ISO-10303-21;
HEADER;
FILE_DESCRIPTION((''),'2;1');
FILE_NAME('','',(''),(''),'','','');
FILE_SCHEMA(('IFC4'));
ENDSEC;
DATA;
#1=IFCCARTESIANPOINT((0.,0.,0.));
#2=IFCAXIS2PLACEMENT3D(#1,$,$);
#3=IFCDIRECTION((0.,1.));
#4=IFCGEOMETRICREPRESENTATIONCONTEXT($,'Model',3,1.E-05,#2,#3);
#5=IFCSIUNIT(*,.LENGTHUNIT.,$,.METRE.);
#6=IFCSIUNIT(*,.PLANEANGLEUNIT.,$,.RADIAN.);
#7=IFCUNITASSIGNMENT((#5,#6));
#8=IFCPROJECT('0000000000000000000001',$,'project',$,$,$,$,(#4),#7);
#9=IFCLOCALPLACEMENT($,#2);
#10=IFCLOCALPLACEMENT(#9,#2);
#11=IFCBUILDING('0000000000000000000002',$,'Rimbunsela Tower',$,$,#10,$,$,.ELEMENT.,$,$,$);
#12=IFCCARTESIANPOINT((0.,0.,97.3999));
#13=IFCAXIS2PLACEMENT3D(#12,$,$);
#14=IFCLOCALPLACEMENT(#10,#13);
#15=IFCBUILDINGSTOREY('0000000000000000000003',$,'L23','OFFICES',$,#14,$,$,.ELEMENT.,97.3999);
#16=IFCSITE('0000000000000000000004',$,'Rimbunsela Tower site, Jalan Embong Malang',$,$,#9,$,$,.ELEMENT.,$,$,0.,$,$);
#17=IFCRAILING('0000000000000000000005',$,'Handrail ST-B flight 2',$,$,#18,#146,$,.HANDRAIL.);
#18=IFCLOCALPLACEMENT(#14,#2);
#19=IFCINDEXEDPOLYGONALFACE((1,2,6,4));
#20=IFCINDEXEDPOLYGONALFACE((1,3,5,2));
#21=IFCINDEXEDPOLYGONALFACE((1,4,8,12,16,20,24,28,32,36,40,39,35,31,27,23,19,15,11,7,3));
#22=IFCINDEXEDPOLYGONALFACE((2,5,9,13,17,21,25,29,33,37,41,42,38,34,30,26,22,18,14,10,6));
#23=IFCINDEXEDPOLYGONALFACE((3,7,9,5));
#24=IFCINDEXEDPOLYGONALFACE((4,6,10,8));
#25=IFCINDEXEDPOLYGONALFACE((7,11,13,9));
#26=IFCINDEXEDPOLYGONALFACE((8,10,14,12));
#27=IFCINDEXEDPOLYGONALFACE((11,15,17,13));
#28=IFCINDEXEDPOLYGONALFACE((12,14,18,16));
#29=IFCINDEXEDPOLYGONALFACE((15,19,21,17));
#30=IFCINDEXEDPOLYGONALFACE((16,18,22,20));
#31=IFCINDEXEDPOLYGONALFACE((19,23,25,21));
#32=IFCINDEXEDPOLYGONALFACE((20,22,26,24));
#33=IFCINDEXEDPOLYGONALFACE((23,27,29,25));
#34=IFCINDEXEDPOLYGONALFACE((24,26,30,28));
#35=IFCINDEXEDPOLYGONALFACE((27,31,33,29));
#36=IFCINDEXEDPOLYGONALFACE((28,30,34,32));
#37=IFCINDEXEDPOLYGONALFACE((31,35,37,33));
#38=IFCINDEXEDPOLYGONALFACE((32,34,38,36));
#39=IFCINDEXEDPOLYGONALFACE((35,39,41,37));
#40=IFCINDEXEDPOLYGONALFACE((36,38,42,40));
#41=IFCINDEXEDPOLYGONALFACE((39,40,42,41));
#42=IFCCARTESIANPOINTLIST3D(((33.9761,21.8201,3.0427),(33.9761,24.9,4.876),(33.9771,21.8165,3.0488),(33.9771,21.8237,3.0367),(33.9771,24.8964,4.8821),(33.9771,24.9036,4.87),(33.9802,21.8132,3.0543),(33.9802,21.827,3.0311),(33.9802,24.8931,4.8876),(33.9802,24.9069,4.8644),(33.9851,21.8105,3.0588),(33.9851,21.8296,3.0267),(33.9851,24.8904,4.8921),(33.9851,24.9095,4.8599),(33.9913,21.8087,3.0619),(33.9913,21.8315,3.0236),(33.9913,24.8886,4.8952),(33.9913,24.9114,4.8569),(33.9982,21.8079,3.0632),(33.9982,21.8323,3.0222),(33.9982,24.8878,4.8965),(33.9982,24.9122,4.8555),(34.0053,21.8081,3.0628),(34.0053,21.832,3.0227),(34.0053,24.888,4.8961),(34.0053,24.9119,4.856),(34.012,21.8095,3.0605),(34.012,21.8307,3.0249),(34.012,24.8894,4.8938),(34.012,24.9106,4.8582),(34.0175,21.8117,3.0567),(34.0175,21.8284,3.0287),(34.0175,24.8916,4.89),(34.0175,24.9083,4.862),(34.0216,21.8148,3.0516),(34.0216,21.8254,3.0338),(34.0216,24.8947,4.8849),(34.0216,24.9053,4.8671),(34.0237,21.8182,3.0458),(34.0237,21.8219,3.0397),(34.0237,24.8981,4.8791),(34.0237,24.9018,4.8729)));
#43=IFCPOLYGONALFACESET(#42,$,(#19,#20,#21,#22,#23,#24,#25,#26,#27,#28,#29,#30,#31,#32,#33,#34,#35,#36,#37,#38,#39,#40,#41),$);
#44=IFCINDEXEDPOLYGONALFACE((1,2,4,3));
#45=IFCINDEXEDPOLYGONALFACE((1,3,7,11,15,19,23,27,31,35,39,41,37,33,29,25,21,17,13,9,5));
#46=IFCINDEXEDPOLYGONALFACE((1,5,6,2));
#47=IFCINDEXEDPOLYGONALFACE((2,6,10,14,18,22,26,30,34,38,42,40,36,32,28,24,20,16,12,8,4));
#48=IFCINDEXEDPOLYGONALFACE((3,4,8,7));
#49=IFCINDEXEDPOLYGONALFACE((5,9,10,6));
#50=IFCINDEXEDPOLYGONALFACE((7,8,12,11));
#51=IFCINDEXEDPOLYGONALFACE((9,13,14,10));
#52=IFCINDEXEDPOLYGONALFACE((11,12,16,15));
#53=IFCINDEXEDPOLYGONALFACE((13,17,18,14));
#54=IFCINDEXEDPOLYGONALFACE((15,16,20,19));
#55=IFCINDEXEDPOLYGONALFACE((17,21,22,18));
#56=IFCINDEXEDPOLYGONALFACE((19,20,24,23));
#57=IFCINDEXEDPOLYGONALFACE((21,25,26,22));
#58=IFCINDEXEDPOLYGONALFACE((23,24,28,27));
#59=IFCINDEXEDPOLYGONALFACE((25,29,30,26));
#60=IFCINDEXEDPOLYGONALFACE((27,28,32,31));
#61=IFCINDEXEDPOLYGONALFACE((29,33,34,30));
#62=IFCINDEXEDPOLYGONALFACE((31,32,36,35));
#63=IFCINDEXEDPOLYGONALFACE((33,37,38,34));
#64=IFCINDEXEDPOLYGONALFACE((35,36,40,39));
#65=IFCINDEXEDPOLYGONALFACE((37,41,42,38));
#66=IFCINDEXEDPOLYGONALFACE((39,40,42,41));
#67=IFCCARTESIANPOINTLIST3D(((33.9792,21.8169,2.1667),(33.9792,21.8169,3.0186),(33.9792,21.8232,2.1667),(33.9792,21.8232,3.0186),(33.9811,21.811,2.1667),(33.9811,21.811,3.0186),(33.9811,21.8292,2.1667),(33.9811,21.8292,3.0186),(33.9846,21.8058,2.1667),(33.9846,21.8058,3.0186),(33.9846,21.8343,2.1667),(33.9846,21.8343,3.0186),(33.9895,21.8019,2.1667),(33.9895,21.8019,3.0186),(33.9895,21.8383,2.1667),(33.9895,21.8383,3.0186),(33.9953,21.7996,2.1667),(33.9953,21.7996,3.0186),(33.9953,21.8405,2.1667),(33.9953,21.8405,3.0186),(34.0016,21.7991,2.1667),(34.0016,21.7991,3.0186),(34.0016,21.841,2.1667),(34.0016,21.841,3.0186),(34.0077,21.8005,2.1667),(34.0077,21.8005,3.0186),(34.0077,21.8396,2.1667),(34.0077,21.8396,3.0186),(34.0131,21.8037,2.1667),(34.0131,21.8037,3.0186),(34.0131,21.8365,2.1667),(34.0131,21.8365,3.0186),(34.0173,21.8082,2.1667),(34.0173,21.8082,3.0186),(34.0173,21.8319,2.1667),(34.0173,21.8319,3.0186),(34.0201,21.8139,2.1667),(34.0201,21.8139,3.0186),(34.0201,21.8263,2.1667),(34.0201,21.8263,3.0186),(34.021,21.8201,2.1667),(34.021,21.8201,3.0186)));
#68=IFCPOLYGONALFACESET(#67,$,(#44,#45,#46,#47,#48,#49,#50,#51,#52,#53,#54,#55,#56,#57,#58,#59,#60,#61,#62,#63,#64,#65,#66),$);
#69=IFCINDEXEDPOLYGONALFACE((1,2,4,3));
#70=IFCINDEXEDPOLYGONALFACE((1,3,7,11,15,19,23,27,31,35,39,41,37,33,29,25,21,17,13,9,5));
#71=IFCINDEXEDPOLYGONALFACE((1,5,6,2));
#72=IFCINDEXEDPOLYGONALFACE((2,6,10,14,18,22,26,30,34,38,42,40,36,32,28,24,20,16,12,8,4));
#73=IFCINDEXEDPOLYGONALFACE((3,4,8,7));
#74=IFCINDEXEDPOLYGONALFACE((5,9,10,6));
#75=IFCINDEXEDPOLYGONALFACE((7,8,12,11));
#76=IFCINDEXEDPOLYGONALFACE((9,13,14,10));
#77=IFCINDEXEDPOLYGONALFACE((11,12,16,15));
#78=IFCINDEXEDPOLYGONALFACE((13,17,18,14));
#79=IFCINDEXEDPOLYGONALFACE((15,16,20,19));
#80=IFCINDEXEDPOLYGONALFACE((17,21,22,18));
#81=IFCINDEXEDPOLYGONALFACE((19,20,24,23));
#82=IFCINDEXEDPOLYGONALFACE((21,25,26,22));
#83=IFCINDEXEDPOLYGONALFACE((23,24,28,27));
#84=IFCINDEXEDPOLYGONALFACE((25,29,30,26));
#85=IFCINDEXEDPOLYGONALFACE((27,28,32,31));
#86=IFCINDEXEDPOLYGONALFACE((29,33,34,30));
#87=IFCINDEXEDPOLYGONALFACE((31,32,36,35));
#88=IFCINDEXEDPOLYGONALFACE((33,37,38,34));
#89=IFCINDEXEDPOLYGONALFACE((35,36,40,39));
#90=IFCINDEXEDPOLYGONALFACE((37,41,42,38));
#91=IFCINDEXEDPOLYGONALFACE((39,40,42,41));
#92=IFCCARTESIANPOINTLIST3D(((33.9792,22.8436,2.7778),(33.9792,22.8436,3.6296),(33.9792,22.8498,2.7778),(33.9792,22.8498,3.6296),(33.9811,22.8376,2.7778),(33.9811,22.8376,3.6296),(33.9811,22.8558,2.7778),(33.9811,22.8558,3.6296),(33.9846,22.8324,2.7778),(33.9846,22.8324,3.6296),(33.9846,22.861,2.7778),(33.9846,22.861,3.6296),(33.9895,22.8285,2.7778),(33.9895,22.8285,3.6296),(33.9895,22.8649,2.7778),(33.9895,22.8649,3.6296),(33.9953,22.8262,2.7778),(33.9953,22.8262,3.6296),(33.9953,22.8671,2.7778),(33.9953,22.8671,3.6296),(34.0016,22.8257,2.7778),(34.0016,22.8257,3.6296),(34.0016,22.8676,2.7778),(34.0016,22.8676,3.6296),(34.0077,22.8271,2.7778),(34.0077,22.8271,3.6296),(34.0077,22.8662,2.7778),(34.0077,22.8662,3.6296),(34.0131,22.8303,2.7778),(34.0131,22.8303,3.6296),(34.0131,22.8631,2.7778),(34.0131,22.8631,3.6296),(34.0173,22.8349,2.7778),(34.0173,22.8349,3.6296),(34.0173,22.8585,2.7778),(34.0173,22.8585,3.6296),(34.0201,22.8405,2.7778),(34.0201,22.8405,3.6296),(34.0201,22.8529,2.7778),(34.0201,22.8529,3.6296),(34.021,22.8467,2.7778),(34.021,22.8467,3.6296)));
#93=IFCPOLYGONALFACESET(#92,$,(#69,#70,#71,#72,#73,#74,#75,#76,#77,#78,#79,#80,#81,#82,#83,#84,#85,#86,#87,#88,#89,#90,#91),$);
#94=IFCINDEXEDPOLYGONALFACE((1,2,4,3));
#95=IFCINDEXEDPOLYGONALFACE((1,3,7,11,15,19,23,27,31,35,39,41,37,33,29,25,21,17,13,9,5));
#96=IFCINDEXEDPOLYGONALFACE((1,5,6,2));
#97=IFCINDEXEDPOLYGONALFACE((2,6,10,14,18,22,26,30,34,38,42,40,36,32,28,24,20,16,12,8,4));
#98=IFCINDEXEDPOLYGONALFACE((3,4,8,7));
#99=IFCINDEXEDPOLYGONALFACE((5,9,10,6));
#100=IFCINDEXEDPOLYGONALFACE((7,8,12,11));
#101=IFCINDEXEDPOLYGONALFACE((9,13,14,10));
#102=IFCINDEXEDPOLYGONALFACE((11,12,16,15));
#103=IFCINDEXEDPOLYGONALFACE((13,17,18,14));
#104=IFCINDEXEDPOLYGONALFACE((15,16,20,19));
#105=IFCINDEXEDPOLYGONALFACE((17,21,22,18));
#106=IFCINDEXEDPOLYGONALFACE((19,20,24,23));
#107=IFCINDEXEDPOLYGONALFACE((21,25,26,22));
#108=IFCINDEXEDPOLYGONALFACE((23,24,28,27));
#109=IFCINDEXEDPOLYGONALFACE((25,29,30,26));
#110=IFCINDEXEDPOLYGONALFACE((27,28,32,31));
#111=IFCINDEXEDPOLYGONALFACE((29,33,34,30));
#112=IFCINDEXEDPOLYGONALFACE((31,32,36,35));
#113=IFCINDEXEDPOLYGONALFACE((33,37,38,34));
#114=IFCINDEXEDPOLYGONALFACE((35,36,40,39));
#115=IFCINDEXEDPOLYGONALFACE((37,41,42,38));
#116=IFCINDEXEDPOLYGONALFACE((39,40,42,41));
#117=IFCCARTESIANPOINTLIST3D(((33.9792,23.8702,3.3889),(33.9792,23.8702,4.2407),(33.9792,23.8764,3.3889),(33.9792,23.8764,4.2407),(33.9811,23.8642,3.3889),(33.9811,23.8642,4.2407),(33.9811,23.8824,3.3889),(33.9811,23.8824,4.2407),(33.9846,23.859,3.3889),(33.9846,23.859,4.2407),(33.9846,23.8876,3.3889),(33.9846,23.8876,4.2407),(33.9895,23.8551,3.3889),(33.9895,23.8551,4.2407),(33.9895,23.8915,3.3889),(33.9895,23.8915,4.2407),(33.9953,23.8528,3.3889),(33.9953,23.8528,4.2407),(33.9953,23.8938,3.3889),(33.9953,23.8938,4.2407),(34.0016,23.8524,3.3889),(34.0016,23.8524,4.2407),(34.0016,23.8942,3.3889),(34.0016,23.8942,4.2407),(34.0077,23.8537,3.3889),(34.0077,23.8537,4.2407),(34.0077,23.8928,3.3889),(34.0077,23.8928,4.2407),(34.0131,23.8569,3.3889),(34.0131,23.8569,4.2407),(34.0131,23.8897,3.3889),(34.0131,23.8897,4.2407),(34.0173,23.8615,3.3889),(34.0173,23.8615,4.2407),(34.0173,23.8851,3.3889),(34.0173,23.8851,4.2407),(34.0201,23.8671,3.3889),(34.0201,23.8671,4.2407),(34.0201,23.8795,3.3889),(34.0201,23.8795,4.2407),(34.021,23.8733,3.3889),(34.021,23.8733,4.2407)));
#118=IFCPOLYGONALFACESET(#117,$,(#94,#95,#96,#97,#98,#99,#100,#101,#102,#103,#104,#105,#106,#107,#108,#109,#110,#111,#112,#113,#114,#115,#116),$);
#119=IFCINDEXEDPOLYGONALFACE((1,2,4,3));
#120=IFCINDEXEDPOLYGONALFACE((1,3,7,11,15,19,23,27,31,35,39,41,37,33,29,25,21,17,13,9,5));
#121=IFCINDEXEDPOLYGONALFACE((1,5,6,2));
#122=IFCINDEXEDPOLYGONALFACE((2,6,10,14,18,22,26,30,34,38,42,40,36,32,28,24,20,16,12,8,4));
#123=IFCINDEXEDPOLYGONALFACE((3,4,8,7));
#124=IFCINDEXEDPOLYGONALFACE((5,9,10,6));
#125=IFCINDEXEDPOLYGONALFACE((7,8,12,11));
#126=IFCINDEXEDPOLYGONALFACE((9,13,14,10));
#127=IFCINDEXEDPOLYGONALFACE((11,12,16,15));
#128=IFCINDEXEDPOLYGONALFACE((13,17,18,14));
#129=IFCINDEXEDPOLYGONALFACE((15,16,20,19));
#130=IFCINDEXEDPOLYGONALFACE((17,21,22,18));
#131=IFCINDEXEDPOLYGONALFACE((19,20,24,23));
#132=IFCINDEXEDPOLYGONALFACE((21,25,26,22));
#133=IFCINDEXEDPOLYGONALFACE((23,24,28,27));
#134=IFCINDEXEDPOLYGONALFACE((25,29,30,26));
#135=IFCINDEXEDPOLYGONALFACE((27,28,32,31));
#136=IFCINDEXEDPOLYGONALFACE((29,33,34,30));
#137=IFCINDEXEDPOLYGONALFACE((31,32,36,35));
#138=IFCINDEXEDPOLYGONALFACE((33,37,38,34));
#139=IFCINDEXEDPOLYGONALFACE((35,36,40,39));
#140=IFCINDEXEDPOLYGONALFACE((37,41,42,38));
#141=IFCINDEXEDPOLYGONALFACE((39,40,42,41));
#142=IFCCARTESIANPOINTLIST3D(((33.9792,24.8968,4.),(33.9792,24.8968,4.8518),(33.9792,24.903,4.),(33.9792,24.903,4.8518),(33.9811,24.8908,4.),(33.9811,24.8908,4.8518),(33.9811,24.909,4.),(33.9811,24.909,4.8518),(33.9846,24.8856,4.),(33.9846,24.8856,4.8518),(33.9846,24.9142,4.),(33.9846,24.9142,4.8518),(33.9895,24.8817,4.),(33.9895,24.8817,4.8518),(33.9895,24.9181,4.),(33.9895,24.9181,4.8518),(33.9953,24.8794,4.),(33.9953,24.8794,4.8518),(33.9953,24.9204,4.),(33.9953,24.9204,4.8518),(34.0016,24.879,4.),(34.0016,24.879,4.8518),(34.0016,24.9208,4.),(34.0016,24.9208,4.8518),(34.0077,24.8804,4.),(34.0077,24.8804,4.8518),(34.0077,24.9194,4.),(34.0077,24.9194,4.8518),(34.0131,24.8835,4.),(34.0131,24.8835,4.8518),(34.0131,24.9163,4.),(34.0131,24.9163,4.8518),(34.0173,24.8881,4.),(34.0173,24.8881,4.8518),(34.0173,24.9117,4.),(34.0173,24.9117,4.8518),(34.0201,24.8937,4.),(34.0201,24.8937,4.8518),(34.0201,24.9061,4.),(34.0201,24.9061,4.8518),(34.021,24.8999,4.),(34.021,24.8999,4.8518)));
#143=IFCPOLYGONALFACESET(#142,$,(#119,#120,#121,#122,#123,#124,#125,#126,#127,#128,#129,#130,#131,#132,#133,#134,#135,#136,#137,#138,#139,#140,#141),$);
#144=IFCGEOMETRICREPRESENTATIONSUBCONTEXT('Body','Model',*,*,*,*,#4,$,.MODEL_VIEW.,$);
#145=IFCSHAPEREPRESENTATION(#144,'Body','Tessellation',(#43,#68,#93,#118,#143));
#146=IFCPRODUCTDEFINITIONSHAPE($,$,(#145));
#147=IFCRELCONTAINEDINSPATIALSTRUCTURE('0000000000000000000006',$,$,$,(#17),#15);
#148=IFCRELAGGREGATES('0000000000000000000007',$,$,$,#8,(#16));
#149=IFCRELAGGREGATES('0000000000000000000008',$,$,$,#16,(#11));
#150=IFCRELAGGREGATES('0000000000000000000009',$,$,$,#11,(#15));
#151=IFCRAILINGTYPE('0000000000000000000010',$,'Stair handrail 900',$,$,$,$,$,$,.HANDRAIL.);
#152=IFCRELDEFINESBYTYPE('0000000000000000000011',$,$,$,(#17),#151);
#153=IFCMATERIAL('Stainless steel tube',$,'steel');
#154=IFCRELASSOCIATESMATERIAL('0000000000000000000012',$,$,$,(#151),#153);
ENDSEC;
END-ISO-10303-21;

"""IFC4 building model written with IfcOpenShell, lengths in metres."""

from ifc_helpers import new_model, si_unit, direction, frame, origin, origin_2d, place, context, subcontext, project, spatial, circle, extrude, material, type_object, element, save


model = new_model("IFC4")

# Units and contexts
model_context = context("Model", 3, precision=1e-05, world=origin(), true_north=direction((0.0, 1.0)))
body_context = subcontext(model_context, "Body", "Model", "MODEL_VIEW")
ifc_project = project(units=[si_unit("LENGTHUNIT", "METRE"), si_unit("PLANEANGLEUNIT", "RADIAN")], contexts=[model_context])

# Site, building, storey
site_placement = place(None, origin())
site = spatial("IfcSite", under=ifc_project, at=site_placement, Name="Rimbunsela Tower site, Jalan Embong Malang", CompositionType="ELEMENT", RefElevation=0.0)
building_placement = place(site_placement, origin())
building = spatial("IfcBuilding", under=site, at=building_placement, Name="Rimbunsela Tower", CompositionType="ELEMENT")
storey_placement = place(building_placement, frame((0.0, 0.0, 97.3999)))
storey = spatial("IfcBuildingStorey", under=building, at=storey_placement, Name="L23", Description="OFFICES", CompositionType="ELEMENT", Elevation=97.3999)

# Railing
ifc_material_1 = material(Name="Stainless steel tube", Category="steel")
railing_type = type_object("IfcRailingType", Name="Stair handrail 900", PredefinedType="HANDRAIL", material=ifc_material_1)
railing_placement = place(storey_placement, frame((34.0, 21.8201, 2.1667)))
element("IfcRailing", 1, at=railing_placement, inside=storey, type_object=railing_type, Name="Handrail ST-B flight 2", PredefinedType="HANDRAIL", context=body_context, shape_type="SweptSolid", body=[
    extrude(circle(Radius=0.0239, at=origin_2d()), frame((0.0, 0.0, 0.876), z_axis=(0.0, 0.859291, 0.511487), x_axis=(-1.0, 0.0, 0.0)), (0.0, 0.0, 1.0), 3.5842),
    extrude(circle(Radius=0.021, at=origin_2d()), origin(), (0.0, 0.0, 1.0), 0.8518),
    extrude(circle(Radius=0.021, at=origin_2d()), frame((0.0, 1.0266, 0.6111)), (0.0, 0.0, 1.0), 0.8518),
    extrude(circle(Radius=0.021, at=origin_2d()), frame((0.0, 2.0532, 1.2222)), (0.0, 0.0, 1.0), 0.8518),
    extrude(circle(Radius=0.021, at=origin_2d()), frame((0.0, 3.0798, 1.8333)), (0.0, 0.0, 1.0), 0.8518),
])

save(model, "model.ifc")
